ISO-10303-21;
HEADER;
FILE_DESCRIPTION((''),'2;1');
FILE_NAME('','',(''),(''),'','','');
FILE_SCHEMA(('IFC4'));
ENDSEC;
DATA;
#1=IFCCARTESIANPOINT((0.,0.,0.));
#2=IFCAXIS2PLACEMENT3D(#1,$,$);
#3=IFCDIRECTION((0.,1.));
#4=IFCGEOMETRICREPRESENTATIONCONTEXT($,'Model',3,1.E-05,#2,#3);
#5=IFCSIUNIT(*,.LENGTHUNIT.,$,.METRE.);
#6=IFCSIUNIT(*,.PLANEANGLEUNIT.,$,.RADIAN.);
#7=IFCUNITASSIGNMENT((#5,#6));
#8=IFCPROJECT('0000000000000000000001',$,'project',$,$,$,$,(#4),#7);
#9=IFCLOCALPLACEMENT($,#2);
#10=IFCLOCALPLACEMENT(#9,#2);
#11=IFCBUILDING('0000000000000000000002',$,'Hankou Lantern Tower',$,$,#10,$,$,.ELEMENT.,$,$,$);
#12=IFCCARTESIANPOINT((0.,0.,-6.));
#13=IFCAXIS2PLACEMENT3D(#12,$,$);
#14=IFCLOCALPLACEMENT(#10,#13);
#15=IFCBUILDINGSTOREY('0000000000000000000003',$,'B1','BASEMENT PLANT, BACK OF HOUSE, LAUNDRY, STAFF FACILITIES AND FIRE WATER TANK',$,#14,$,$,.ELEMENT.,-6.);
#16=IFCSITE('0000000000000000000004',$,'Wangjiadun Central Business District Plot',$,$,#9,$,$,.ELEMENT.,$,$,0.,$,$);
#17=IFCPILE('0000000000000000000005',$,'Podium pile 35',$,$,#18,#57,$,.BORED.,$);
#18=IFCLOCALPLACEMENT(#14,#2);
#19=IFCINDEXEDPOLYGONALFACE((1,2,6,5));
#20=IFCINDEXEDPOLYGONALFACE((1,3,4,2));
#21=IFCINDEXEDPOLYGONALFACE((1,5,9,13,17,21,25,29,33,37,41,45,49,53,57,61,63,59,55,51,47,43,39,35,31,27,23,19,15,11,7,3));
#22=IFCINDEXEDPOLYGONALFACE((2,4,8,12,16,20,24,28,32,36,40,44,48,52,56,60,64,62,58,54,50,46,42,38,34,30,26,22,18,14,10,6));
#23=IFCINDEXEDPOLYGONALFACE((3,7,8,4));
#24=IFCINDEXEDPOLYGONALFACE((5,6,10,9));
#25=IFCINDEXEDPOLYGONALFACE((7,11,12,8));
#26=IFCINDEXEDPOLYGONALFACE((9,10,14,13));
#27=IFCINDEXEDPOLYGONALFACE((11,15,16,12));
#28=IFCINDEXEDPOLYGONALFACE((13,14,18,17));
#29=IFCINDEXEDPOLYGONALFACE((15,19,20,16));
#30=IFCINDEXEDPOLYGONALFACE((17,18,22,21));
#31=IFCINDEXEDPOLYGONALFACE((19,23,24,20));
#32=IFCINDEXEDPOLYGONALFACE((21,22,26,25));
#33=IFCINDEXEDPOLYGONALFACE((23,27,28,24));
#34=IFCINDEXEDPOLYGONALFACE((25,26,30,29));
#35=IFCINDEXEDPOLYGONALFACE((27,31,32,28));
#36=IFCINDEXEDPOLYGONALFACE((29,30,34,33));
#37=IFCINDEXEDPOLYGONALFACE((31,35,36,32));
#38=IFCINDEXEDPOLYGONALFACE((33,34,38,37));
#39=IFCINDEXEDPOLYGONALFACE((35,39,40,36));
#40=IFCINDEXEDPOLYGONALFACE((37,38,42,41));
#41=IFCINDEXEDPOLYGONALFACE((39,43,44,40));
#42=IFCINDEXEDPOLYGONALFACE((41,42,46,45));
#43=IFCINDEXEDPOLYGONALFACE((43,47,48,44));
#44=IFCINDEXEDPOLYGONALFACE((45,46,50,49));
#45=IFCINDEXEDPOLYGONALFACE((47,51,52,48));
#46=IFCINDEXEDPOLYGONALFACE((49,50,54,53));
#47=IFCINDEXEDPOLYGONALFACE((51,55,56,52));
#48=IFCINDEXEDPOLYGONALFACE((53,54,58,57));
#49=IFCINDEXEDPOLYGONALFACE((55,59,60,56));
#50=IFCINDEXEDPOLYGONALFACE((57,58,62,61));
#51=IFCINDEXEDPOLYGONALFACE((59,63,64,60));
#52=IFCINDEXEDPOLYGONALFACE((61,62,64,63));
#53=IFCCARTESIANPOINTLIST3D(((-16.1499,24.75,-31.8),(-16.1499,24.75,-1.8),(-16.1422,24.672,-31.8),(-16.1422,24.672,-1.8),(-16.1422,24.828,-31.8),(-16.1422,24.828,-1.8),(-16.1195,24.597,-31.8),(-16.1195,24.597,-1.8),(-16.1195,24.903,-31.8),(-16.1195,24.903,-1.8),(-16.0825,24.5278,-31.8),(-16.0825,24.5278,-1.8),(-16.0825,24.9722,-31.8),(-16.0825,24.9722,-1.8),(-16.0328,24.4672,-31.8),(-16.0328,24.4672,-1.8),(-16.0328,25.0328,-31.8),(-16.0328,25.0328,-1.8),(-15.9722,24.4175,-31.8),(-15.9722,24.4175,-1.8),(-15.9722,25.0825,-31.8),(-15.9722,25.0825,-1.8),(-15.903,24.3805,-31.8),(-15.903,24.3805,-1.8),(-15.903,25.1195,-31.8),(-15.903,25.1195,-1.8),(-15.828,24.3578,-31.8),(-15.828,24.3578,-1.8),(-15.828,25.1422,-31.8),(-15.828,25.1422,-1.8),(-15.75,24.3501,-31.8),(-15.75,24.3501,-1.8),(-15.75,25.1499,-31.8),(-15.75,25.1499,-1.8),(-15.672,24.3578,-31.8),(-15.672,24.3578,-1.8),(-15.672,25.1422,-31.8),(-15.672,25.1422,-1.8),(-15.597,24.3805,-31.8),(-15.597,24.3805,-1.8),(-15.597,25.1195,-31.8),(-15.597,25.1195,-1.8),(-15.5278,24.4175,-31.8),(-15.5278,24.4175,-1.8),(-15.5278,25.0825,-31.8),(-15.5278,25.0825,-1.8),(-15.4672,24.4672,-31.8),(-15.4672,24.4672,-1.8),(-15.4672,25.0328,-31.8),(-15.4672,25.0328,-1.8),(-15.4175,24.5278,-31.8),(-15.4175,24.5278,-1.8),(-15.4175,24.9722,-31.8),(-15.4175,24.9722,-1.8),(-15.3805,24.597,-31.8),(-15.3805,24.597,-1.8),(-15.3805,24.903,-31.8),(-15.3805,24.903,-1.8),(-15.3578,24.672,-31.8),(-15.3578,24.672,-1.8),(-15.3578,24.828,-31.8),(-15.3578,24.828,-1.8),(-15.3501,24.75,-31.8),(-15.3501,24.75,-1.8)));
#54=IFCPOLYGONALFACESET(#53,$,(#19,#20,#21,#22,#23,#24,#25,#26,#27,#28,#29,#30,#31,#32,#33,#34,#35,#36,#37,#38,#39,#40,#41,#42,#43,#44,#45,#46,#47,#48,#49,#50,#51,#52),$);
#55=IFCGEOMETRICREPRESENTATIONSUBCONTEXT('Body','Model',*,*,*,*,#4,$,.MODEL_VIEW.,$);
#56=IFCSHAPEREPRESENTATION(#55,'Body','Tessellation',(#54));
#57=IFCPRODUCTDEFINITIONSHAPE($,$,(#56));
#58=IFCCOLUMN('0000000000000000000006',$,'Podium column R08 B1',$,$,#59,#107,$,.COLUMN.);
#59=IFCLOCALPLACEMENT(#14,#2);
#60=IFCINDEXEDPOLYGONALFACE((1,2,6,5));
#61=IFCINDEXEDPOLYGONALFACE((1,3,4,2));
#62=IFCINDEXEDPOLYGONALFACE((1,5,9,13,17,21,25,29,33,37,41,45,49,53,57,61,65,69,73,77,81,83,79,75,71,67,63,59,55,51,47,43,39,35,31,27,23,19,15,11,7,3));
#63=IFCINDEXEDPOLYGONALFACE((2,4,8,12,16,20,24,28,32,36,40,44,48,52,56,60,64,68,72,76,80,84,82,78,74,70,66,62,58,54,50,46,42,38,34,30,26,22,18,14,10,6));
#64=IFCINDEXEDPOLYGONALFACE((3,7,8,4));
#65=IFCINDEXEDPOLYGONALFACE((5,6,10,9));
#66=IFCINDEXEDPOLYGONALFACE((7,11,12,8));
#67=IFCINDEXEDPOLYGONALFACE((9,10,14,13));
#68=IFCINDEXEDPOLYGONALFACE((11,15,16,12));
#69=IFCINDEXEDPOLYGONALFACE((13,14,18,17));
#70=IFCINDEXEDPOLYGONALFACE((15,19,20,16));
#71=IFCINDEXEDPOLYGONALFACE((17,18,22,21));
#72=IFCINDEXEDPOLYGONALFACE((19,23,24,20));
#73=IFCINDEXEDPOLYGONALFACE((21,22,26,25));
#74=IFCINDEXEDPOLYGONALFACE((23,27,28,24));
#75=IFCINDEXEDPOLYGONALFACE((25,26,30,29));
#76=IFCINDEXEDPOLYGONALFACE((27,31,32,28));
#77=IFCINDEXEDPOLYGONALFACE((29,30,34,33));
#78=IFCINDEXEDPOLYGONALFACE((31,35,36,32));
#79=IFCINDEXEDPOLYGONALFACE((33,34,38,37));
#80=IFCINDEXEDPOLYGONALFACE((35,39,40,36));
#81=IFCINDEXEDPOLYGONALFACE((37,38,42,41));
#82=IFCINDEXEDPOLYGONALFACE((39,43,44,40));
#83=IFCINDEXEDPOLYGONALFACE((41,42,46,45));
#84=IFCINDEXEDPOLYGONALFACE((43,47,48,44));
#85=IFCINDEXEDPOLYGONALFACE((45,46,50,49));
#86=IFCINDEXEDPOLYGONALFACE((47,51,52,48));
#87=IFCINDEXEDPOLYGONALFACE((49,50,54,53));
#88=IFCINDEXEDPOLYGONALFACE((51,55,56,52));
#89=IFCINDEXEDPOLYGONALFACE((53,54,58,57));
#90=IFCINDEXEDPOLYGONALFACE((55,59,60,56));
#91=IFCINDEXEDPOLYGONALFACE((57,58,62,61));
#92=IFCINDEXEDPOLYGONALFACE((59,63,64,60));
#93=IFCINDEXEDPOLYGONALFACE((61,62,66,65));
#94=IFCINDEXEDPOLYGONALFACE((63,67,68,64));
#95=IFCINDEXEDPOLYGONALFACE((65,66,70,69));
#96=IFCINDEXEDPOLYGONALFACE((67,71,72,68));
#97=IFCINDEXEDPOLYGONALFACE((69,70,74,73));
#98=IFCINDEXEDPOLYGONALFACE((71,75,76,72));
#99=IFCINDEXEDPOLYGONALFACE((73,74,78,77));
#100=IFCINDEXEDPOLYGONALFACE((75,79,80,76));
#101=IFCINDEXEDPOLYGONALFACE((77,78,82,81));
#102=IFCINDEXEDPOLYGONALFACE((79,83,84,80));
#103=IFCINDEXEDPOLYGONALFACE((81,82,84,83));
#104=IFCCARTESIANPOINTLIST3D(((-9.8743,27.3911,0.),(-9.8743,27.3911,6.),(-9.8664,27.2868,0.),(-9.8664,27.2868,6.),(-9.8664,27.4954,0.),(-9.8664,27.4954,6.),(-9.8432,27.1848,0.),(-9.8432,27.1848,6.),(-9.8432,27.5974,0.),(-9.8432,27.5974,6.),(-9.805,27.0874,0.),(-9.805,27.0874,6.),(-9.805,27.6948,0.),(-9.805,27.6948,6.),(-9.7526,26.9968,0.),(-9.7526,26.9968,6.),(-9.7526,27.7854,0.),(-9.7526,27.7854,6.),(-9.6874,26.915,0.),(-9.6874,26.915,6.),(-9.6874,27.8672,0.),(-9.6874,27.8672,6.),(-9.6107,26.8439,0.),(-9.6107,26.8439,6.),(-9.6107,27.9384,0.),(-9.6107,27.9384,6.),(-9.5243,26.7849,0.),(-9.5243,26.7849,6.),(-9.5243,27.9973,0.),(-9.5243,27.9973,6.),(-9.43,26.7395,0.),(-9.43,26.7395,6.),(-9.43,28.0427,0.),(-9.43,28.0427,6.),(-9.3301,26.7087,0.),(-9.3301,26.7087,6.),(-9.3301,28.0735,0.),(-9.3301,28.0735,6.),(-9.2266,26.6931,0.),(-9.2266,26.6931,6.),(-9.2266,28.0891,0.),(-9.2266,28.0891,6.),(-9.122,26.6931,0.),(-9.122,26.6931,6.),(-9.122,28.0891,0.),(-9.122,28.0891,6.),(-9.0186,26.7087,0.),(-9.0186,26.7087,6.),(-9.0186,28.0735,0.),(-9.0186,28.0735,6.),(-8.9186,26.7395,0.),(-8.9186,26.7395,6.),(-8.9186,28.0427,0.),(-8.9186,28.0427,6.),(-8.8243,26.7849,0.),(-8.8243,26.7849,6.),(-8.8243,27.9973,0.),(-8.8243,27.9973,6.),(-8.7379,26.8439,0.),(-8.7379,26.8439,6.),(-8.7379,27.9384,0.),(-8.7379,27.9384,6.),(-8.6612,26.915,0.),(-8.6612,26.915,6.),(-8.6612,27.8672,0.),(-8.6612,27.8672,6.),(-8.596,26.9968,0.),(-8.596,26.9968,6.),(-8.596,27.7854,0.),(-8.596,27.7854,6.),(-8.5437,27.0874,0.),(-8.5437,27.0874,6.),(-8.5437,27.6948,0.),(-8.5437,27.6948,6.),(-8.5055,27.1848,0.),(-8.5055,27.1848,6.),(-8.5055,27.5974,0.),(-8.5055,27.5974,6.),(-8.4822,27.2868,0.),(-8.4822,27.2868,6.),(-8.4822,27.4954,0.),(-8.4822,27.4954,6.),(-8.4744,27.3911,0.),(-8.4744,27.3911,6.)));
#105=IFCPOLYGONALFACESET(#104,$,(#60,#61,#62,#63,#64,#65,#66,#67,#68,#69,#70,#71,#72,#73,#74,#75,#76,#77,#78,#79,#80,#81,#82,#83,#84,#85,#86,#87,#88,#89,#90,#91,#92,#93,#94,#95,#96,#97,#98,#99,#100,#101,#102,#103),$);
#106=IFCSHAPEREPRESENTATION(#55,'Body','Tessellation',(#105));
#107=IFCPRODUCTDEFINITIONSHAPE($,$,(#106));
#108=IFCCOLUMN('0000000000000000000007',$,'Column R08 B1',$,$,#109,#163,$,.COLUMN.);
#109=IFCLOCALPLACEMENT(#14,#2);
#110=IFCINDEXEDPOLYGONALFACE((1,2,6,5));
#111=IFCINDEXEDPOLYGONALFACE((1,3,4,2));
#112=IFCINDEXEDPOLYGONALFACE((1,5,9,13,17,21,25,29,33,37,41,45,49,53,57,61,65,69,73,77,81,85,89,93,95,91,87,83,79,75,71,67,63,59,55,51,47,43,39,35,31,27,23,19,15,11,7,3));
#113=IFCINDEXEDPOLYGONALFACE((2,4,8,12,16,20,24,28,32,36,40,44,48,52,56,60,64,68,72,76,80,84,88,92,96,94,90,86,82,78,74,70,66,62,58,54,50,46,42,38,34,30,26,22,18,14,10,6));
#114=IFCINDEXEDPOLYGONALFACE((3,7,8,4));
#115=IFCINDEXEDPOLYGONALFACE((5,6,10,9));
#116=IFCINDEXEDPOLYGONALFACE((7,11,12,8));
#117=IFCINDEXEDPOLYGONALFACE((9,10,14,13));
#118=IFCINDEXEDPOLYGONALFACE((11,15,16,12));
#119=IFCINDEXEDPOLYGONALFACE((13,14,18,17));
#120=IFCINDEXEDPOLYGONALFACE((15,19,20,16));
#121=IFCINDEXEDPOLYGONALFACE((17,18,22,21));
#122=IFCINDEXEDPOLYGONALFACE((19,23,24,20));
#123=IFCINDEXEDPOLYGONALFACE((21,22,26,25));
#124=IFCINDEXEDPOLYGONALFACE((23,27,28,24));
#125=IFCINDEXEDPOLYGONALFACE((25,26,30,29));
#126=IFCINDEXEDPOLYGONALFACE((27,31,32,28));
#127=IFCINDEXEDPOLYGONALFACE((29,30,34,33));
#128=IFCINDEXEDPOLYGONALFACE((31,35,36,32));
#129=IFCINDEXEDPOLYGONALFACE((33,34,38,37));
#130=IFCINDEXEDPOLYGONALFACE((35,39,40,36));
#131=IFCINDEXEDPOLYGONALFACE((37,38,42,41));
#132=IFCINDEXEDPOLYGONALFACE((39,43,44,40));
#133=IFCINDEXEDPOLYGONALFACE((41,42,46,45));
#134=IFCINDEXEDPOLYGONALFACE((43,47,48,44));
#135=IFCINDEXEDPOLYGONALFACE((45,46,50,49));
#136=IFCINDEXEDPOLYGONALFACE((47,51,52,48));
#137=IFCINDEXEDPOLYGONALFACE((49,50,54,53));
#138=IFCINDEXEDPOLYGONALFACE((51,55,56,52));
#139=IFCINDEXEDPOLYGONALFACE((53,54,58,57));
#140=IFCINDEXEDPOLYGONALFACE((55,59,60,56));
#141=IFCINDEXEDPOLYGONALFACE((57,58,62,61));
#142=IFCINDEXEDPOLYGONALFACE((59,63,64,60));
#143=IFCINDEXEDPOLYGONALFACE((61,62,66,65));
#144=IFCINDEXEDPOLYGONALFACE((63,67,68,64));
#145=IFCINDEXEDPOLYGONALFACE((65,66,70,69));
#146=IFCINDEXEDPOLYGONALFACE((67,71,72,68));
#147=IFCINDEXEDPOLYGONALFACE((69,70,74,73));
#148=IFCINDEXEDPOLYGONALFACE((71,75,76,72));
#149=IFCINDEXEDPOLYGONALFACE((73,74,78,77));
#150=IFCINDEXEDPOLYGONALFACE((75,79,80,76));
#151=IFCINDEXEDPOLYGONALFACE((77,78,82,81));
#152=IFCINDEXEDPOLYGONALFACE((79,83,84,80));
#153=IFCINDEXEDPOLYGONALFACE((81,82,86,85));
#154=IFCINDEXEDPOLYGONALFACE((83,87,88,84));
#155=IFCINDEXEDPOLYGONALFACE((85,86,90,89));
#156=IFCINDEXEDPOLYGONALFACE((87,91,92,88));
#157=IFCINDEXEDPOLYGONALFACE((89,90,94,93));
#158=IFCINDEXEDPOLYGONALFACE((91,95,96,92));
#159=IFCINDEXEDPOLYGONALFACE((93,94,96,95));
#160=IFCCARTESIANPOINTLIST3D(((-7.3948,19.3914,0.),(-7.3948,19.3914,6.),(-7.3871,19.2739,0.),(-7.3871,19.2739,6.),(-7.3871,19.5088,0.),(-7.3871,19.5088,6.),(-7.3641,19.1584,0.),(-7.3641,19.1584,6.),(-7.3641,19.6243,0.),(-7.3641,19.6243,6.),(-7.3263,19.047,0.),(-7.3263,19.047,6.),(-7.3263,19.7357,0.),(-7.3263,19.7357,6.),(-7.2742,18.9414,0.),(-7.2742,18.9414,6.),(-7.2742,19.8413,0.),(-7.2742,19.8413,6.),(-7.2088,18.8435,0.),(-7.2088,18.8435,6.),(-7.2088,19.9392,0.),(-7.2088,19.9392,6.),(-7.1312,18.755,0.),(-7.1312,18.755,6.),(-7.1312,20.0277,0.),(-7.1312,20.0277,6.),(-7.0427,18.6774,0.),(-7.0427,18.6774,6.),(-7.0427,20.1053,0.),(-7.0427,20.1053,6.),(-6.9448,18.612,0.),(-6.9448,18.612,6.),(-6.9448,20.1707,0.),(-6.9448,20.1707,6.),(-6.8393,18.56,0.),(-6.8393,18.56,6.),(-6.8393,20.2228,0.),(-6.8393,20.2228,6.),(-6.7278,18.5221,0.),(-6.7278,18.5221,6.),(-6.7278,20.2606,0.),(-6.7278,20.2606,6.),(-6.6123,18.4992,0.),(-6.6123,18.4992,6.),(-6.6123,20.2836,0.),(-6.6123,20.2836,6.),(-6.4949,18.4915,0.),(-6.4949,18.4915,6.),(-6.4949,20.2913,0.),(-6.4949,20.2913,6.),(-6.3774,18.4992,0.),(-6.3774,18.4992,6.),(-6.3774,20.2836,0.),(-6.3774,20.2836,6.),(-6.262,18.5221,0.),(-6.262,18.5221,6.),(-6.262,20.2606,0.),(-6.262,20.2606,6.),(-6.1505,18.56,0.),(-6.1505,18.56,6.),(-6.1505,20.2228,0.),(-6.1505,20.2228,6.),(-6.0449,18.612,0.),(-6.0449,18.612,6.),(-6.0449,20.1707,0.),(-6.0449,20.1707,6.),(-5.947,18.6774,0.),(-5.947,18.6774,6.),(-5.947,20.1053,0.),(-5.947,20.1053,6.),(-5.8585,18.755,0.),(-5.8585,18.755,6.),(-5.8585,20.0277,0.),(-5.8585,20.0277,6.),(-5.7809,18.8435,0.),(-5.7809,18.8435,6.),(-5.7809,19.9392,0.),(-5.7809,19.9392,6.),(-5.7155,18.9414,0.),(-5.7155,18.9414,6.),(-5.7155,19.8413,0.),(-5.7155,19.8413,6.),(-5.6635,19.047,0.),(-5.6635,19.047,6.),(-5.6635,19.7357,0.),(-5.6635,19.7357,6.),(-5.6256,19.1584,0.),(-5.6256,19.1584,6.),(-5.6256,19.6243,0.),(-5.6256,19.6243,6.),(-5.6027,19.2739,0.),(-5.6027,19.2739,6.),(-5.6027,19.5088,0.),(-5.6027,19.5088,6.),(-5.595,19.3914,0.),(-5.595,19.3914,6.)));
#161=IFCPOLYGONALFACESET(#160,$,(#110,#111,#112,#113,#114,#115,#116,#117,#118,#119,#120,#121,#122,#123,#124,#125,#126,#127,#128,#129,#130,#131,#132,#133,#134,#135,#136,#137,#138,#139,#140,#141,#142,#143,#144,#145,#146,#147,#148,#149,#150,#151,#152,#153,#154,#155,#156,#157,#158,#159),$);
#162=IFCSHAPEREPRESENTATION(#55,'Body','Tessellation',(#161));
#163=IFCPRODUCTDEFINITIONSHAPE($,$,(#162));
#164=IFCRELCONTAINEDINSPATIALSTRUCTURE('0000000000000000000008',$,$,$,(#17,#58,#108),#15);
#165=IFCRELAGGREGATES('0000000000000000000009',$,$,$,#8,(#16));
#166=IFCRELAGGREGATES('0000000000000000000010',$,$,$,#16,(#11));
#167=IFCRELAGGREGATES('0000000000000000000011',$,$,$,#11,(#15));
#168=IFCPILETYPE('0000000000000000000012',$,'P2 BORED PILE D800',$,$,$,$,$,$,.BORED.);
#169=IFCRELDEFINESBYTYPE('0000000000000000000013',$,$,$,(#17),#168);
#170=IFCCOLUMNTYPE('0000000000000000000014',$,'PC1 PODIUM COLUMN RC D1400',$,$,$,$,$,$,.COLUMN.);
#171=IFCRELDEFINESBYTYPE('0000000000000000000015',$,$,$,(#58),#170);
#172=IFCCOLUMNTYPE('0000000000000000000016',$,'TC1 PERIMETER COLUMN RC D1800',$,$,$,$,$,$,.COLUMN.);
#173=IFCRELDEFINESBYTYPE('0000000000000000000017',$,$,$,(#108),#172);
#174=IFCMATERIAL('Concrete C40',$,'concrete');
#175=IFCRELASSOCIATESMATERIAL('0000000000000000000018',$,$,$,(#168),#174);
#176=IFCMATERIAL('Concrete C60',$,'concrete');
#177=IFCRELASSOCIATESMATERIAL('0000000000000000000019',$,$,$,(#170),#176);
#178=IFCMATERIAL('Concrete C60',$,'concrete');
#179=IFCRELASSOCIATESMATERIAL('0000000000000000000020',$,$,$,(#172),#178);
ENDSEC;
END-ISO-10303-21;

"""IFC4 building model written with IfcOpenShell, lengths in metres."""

from ifc_helpers import new_model, si_unit, direction, frame, origin, origin_2d, place, context, subcontext, project, spatial, circle, extrude, material, material_profile, profile_set, type_object, element, save


model = new_model("IFC4")

# Units and contexts
model_context = context("Model", 3, precision=1e-05, world=origin(), true_north=direction((0.0, 1.0)))
body_context = subcontext(model_context, "Body", "Model", "MODEL_VIEW")
ifc_project = project(units=[si_unit("LENGTHUNIT", "METRE"), si_unit("PLANEANGLEUNIT", "RADIAN")], contexts=[model_context])

# Site, building, storey
site_placement = place(None, origin())
site = spatial("IfcSite", under=ifc_project, at=site_placement, Name="Wangjiadun Central Business District Plot", CompositionType="ELEMENT", RefElevation=0.0)
building_placement = place(site_placement, origin())
building = spatial("IfcBuilding", under=site, at=building_placement, Name="Hankou Lantern Tower", CompositionType="ELEMENT")
storey_placement = place(building_placement, frame((0.0, 0.0, -6.0)))
storey = spatial("IfcBuildingStorey", under=building, at=storey_placement, Name="B1", Description="BASEMENT PLANT, BACK OF HOUSE, LAUNDRY, STAFF FACILITIES AND FIRE WATER TANK", CompositionType="ELEMENT", Elevation=-6.0)

# Pile
ifc_material_1 = material(Name="Concrete C40", Category="concrete")
ifc_material_profile_1 = material_profile(ifc_material_1, circle(Radius=0.3999, at=origin_2d()), Name="RC D800")
ifc_profile_set_1 = profile_set([ifc_material_profile_1], Name="Concrete C40")
pile_type_1 = type_object("IfcPileType", Name="P2 BORED PILE D800", PredefinedType="BORED", material=ifc_profile_set_1)
pile_placement = place(storey_placement, frame((-15.75, 24.75, -1.8), z_axis=(0.0, 0.0, -1.0), x_axis=(1.0, 0.0, 0.0)))
element("IfcPile", 1, at=pile_placement, inside=storey, type_object=pile_type_1, Name="Podium pile 35", PredefinedType="BORED", context=body_context, shape_type="SweptSolid", body=[
    extrude(circle(Radius=0.3999, at=origin_2d()), origin(), (0.0, 0.0, 1.0), 30.0),
])

# Columns
ifc_material_2 = material(Name="Concrete C60", Category="concrete")
ifc_material_profile_2 = material_profile(ifc_material_2, circle(Radius=0.7, at=origin_2d()), Name="RC D1400")
ifc_profile_set_2 = profile_set([ifc_material_profile_2], Name="Concrete C60")
column_type_1 = type_object("IfcColumnType", Name="PC1 PODIUM COLUMN RC D1400", PredefinedType="COLUMN", material=ifc_profile_set_2)
column_placement = place(storey_placement, frame((-9.1743, 27.3911, 0.0), z_axis=(0.0, 0.0, 1.0), x_axis=(1.0, 0.0, 0.0)))
element("IfcColumn", 2, at=column_placement, inside=storey, type_object=column_type_1, Name="Podium column R08 B1", PredefinedType="COLUMN", context=body_context, shape_type="SweptSolid", body=[
    extrude(circle(Radius=0.7, at=origin_2d()), origin(), (0.0, 0.0, 1.0), 6.0),
])
ifc_material_3 = material(Name="Concrete C60", Category="concrete")
ifc_material_profile_3 = material_profile(ifc_material_3, circle(Radius=0.8999, at=origin_2d()), Name="RC D1800")
ifc_profile_set_3 = profile_set([ifc_material_profile_3], Name="Concrete C60")
column_type_2 = type_object("IfcColumnType", Name="TC1 PERIMETER COLUMN RC D1800", PredefinedType="COLUMN", material=ifc_profile_set_3)
for number, where, z_axis, x_axis, name in (
    (3, (-6.4949, 19.3914, 0.0), (0.0, 0.0, 1.0), (1.0, 0.0, 0.0), "Column R08 B1"),
):
    element("IfcColumn", number, at=place(storey_placement, frame(where, z_axis=z_axis, x_axis=x_axis)), inside=storey, type_object=column_type_2, Name=name, PredefinedType="COLUMN", context=body_context, shape_type="SweptSolid", body=[
        extrude(circle(Radius=0.8999, at=origin_2d()), origin(), (0.0, 0.0, 1.0), 6.0),
    ])

save(model, "model.ifc")
